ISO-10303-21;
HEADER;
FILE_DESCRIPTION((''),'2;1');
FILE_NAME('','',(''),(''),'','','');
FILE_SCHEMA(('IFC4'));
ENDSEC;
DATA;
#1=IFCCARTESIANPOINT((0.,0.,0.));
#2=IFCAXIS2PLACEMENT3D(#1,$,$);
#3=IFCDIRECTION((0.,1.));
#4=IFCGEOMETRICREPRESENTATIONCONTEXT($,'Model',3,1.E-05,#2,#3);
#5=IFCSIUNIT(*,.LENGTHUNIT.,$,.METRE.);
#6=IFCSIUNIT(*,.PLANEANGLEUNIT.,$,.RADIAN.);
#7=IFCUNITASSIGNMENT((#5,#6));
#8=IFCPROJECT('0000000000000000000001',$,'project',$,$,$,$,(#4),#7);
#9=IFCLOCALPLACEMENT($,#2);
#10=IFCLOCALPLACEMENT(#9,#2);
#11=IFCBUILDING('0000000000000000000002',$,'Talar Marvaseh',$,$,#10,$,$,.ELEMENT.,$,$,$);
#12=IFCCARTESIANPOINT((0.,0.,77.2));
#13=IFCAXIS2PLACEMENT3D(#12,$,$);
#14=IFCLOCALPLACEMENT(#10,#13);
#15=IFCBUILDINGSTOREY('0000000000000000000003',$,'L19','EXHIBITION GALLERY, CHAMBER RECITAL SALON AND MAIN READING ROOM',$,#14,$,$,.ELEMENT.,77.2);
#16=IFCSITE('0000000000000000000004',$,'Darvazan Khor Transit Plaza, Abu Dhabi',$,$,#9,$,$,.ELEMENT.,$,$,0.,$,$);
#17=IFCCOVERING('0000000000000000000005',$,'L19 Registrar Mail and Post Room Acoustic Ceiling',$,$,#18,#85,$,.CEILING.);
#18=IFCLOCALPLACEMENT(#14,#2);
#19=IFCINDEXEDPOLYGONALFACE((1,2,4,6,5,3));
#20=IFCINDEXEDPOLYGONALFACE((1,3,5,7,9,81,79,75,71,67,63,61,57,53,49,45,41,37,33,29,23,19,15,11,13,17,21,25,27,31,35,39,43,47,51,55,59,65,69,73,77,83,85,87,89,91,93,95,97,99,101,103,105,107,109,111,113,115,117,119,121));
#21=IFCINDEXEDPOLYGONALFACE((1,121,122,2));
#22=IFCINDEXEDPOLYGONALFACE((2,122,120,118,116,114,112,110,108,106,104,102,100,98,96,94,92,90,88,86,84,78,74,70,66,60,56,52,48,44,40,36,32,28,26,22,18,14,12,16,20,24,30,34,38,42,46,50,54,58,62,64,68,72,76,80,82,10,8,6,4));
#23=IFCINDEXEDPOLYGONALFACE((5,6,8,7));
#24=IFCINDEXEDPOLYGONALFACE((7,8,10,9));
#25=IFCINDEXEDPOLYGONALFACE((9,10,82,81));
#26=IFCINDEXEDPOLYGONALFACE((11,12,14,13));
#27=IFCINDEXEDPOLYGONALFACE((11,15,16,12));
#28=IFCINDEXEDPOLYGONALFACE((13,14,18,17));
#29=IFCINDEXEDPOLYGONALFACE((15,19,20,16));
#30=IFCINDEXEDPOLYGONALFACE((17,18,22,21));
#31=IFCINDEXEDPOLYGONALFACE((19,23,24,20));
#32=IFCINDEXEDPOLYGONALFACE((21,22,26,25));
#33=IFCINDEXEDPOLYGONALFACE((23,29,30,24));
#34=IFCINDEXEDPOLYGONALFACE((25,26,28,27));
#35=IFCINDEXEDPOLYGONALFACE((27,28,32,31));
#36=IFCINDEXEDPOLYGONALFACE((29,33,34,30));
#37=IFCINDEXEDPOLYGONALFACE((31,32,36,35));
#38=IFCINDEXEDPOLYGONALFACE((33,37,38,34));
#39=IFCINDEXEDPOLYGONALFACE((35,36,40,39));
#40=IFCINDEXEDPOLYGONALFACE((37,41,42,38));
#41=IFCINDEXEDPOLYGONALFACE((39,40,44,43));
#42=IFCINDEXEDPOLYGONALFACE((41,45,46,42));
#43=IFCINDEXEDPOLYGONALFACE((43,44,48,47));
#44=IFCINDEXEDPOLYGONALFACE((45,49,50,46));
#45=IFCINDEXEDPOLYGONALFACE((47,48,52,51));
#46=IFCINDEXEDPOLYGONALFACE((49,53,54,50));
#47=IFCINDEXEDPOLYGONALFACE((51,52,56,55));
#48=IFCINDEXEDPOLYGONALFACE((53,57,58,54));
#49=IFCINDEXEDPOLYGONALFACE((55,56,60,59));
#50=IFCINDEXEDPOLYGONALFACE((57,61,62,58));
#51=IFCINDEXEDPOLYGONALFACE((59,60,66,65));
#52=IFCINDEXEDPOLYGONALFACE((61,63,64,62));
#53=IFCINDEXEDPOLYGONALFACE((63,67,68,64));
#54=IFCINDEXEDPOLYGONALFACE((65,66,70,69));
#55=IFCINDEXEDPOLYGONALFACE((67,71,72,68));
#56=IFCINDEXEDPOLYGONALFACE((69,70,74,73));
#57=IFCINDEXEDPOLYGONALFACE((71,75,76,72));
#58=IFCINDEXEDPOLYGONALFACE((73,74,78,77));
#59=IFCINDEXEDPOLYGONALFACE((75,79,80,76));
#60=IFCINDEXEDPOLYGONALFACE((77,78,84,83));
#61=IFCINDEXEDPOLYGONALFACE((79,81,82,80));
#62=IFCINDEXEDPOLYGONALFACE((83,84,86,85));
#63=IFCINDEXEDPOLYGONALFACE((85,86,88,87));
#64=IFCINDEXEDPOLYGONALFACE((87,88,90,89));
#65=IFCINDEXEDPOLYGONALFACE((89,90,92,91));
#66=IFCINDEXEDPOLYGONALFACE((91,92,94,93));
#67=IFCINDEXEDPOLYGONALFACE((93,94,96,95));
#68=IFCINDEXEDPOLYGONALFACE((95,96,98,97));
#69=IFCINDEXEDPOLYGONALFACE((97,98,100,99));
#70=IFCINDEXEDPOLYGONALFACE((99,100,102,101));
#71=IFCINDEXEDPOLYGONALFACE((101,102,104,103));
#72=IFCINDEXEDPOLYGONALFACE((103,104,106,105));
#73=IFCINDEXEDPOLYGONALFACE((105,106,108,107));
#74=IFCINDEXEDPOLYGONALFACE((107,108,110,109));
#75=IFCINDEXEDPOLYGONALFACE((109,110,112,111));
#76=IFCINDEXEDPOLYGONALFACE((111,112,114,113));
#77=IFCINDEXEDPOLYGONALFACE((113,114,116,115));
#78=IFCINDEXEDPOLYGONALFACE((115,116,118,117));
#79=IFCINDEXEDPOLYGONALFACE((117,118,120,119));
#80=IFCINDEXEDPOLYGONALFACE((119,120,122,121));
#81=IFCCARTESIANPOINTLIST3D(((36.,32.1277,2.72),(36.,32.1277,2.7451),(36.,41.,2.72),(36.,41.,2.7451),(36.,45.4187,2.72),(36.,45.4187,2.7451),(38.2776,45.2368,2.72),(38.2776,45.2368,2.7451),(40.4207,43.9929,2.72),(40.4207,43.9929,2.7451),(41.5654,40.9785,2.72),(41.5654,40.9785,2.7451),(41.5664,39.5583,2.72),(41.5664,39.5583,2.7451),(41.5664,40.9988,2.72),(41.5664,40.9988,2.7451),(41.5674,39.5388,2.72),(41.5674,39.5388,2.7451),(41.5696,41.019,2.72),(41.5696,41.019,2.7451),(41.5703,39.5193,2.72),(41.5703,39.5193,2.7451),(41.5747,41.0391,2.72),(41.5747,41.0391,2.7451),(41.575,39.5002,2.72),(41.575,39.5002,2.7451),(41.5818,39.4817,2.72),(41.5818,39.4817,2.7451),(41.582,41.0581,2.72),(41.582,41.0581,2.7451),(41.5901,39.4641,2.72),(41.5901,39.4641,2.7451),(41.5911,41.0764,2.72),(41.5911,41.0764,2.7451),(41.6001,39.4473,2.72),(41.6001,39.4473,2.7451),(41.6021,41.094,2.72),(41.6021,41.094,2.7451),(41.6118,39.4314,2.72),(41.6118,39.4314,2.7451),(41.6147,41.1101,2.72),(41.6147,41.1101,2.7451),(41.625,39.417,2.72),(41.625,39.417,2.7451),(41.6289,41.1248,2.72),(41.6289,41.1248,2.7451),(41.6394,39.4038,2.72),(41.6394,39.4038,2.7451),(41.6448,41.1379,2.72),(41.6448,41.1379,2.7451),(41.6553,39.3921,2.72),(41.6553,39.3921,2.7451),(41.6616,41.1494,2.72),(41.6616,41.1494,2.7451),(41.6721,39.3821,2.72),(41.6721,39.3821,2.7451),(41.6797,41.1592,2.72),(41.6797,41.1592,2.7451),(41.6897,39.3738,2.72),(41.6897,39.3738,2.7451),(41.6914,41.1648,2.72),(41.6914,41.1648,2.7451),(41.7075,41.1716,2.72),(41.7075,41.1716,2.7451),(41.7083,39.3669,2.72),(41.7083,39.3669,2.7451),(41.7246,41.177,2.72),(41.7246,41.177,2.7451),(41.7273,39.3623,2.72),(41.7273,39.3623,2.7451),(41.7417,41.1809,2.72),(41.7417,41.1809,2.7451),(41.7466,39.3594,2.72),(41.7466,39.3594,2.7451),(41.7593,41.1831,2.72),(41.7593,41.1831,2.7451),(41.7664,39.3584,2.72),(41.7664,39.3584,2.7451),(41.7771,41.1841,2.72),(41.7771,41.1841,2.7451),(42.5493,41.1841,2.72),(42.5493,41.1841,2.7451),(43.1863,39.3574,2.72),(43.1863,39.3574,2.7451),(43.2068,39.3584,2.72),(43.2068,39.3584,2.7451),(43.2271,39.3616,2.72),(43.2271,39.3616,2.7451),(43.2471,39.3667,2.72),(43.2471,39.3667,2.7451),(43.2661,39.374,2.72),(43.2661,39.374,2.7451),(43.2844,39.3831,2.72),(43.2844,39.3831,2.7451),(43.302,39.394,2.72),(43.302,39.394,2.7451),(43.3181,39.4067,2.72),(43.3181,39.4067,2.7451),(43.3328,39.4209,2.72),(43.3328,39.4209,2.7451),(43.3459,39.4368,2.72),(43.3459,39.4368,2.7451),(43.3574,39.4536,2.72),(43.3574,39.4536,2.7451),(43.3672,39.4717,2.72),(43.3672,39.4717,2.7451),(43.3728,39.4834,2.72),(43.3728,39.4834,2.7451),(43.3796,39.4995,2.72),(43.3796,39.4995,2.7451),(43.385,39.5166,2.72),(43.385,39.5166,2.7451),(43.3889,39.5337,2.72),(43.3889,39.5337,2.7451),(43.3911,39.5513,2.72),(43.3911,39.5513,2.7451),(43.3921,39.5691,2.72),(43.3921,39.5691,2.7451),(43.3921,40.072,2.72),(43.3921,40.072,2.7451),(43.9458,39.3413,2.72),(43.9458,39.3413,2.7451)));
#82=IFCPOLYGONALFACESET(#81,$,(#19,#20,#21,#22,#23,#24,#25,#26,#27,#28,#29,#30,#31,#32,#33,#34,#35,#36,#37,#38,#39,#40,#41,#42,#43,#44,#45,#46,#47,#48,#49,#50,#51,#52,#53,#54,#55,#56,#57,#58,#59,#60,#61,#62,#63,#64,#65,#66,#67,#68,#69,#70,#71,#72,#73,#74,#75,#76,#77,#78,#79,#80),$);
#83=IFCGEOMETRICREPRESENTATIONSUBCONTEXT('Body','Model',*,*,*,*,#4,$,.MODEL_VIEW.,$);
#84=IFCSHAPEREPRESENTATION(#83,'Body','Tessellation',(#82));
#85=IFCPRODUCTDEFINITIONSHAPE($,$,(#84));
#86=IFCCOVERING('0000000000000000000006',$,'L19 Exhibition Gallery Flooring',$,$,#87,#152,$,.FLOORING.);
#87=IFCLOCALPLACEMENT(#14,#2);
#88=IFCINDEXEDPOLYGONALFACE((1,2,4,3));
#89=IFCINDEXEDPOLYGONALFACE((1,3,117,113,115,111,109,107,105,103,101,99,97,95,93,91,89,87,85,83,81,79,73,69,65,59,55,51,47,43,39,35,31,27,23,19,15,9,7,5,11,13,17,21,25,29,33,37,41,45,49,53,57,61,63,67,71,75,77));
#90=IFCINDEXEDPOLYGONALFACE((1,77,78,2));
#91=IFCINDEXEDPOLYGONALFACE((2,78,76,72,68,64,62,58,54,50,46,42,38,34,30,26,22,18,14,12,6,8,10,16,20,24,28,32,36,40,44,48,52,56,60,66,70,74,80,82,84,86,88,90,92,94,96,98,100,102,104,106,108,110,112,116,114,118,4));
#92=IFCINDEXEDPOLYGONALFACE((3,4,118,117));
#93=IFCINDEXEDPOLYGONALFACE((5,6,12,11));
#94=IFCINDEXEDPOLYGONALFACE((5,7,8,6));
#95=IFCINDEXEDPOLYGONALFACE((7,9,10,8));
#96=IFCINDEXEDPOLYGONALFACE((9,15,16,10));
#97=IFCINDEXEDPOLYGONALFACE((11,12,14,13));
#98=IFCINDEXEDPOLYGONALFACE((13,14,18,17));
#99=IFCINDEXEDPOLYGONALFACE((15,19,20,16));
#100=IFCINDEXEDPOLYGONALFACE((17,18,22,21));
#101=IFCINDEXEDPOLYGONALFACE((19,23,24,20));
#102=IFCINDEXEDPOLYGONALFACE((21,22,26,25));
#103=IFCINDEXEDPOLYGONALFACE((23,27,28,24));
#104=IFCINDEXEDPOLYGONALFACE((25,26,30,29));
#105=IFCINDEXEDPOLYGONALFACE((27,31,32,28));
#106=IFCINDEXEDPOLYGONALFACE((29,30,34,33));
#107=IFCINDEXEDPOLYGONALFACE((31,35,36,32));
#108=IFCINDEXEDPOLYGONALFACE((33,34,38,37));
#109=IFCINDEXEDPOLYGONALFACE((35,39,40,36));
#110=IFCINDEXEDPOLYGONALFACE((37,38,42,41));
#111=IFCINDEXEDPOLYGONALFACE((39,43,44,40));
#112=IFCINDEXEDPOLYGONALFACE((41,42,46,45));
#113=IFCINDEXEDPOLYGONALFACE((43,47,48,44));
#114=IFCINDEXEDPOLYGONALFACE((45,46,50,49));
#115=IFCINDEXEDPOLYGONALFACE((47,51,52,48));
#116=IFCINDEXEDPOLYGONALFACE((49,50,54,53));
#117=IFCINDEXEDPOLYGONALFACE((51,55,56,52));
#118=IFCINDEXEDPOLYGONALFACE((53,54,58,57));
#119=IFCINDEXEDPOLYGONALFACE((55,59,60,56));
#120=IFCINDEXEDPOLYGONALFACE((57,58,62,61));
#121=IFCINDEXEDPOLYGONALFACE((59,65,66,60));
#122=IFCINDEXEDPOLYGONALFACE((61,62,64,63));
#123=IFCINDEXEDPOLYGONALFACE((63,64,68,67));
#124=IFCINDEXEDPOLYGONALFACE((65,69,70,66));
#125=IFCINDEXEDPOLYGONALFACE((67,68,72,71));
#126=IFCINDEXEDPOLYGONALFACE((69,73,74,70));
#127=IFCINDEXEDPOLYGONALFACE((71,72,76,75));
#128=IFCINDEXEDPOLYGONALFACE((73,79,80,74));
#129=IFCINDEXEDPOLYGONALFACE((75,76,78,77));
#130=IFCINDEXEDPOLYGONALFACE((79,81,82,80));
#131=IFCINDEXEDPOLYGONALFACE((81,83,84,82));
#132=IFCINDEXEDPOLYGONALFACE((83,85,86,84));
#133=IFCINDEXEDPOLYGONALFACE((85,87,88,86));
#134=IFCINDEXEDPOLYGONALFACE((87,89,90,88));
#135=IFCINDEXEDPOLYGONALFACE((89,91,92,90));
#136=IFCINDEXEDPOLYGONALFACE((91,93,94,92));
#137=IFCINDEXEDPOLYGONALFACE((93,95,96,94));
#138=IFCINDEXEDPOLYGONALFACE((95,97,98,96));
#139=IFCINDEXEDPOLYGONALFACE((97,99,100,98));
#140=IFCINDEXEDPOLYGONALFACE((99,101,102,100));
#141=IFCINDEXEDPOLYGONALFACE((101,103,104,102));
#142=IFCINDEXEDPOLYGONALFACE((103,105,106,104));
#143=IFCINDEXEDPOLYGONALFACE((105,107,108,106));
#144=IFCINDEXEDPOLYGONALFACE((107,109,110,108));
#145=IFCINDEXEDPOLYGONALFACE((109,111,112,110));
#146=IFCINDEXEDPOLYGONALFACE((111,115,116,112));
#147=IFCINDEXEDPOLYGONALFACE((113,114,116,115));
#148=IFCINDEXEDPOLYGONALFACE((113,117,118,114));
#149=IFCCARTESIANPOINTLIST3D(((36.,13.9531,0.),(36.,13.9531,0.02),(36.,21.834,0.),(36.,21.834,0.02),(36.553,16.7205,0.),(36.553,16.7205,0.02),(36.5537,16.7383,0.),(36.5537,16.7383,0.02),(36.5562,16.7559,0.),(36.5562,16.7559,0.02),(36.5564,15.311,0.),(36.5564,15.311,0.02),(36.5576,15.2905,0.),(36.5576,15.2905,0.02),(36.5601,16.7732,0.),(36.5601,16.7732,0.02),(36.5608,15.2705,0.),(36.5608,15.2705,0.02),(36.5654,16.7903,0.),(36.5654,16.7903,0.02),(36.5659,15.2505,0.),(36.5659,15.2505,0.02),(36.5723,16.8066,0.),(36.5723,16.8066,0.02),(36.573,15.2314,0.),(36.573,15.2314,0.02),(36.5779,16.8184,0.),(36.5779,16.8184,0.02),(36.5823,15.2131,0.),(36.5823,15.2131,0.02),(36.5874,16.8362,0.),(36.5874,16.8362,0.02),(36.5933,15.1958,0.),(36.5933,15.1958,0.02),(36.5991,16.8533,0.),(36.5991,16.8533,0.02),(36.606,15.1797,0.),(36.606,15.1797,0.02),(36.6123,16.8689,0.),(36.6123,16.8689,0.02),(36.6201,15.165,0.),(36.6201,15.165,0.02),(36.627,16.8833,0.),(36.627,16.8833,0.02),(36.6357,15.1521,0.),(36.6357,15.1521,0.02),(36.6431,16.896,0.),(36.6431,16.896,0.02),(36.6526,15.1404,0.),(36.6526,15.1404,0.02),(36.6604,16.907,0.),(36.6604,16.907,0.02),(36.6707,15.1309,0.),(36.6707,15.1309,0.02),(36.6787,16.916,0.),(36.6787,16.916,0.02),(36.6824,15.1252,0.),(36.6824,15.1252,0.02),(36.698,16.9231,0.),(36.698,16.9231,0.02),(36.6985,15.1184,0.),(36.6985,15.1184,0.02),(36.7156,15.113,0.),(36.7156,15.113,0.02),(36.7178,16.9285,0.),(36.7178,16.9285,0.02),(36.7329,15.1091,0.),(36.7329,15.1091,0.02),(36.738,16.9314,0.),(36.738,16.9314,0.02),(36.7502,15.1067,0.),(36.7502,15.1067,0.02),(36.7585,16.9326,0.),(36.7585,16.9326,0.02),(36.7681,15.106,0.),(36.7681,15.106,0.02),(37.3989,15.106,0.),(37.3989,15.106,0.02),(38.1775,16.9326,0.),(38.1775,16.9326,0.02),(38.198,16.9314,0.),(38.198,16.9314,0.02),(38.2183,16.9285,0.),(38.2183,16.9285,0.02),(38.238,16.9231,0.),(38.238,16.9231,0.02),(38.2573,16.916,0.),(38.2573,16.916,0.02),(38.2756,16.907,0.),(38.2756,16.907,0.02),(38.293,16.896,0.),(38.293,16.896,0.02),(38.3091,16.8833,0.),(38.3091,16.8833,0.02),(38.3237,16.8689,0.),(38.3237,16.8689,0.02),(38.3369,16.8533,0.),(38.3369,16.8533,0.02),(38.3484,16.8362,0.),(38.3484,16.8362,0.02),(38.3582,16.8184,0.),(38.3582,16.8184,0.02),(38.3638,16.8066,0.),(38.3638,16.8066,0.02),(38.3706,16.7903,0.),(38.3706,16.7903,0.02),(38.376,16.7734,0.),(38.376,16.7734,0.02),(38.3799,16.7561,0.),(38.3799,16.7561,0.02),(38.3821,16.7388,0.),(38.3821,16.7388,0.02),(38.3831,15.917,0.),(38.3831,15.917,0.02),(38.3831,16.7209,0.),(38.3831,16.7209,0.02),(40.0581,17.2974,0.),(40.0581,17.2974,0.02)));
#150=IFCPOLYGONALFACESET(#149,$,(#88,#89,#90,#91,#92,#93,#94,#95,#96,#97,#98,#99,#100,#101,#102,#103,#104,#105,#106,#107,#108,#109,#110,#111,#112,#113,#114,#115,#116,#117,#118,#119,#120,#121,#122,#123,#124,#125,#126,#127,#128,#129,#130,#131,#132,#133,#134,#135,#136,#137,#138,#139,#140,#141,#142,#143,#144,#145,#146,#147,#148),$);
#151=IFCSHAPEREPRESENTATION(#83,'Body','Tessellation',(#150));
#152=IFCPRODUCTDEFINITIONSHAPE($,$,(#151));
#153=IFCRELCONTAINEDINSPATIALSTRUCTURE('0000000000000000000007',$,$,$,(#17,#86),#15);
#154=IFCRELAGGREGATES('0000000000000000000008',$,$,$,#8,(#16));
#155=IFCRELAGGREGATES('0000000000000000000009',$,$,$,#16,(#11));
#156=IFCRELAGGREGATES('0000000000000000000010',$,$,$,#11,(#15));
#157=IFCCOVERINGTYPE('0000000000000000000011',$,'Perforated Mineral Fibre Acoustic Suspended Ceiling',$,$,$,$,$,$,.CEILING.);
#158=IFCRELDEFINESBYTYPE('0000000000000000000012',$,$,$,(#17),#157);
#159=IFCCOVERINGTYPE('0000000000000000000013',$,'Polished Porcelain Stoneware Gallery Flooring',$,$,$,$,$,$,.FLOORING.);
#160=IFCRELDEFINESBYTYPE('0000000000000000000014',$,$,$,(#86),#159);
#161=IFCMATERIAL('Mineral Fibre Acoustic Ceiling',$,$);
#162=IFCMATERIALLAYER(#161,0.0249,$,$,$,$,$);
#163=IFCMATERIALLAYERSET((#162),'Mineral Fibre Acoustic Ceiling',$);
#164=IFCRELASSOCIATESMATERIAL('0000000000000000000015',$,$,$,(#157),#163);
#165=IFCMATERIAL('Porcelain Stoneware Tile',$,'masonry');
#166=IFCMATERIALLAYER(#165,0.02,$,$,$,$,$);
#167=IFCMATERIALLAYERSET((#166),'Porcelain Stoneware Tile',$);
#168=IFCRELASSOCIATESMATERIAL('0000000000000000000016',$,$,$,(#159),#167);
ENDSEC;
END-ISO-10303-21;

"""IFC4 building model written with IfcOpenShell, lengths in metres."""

from ifc_helpers import new_model, si_unit, direction, frame, origin, place, context, subcontext, project, spatial, polyline, outline, extrude, material, layer, layer_set, type_object, element, save


model = new_model("IFC4")

# Units and contexts
model_context = context("Model", 3, precision=1e-05, world=origin(), true_north=direction((0.0, 1.0)))
body_context = subcontext(model_context, "Body", "Model", "MODEL_VIEW")
ifc_project = project(units=[si_unit("LENGTHUNIT", "METRE"), si_unit("PLANEANGLEUNIT", "RADIAN")], contexts=[model_context])

# Site, building, storey
site_placement = place(None, origin())
site = spatial("IfcSite", under=ifc_project, at=site_placement, Name="Darvazan Khor Transit Plaza, Abu Dhabi", CompositionType="ELEMENT", RefElevation=0.0)
building_placement = place(site_placement, origin())
building = spatial("IfcBuilding", under=site, at=building_placement, Name="Talar Marvaseh", CompositionType="ELEMENT")
storey_placement = place(building_placement, frame((0.0, 0.0, 77.2)))
storey = spatial("IfcBuildingStorey", under=building, at=storey_placement, Name="L19", Description="EXHIBITION GALLERY, CHAMBER RECITAL SALON AND MAIN READING ROOM", CompositionType="ELEMENT", Elevation=77.2)

# Coverings
ifc_material_1 = material(Name="Mineral Fibre Acoustic Ceiling")
ifc_layer_1 = layer(ifc_material_1, 0.0249)
ifc_layer_set_1 = layer_set([ifc_layer_1], Name="Mineral Fibre Acoustic Ceiling")
covering_type_1 = type_object("IfcCoveringType", Name="Perforated Mineral Fibre Acoustic Suspended Ceiling", PredefinedType="CEILING", material=ifc_layer_set_1)
covering_1_placement = place(storey_placement, frame((0.0, 0.0, 2.72)))
element("IfcCovering", 1, at=covering_1_placement, inside=storey, type_object=covering_type_1, Name="L19 Registrar Mail and Post Room Acoustic Ceiling", PredefinedType="CEILING", context=body_context, shape_type="SweptSolid", body=[
    extrude(outline(polyline([(40.4207, 43.9929), (42.5493, 41.1841), (41.7771, 41.1841), (41.7593, 41.1831), (41.7417, 41.1809), (41.7246, 41.177), (41.7075, 41.1716), (41.6914, 41.1648), (41.6797, 41.1592), (41.6616, 41.1494), (41.6448, 41.1379), (41.6289, 41.1248), (41.6147, 41.1101), (41.6021, 41.094), (41.5911, 41.0764), (41.582, 41.0581), (41.5747, 41.0391), (41.5696, 41.019), (41.5664, 40.9988), (41.5654, 40.9785), (41.5664, 39.5583), (41.5674, 39.5388), (41.5703, 39.5193), (41.575, 39.5002), (41.5818, 39.4817), (41.5901, 39.4641), (41.6001, 39.4473), (41.6118, 39.4314), (41.625, 39.417), (41.6394, 39.4038), (41.6553, 39.3921), (41.6721, 39.3821), (41.6897, 39.3738), (41.7083, 39.3669), (41.7273, 39.3623), (41.7466, 39.3594), (41.7664, 39.3584), (43.1863, 39.3574), (43.2068, 39.3584), (43.2271, 39.3616), (43.2471, 39.3667), (43.2661, 39.374), (43.2844, 39.3831), (43.302, 39.394), (43.3181, 39.4067), (43.3328, 39.4209), (43.3459, 39.4368), (43.3574, 39.4536), (43.3672, 39.4717), (43.3728, 39.4834), (43.3796, 39.4995), (43.385, 39.5166), (43.3889, 39.5337), (43.3911, 39.5513), (43.3921, 39.5691), (43.3921, 40.072), (43.9458, 39.3413), (36.0, 32.1277), (36.0, 41.0), (36.0, 45.4187), (38.2776, 45.2368), (40.4207, 43.9929)])), origin(), (0.0, 0.0, 1.0), 0.0251),
])
ifc_material_2 = material(Name="Porcelain Stoneware Tile", Category="masonry")
ifc_layer_2 = layer(ifc_material_2, 0.02)
ifc_layer_set_2 = layer_set([ifc_layer_2], Name="Porcelain Stoneware Tile")
covering_type_2 = type_object("IfcCoveringType", Name="Polished Porcelain Stoneware Gallery Flooring", PredefinedType="FLOORING", material=ifc_layer_set_2)
covering_2_placement = place(storey_placement, origin())
element("IfcCovering", 2, at=covering_2_placement, inside=storey, type_object=covering_type_2, Name="L19 Exhibition Gallery Flooring", PredefinedType="FLOORING", context=body_context, shape_type="SweptSolid", body=[
    extrude(outline(polyline([(38.3831, 15.917), (38.3831, 16.7209), (38.3821, 16.7388), (38.3799, 16.7561), (38.376, 16.7734), (38.3706, 16.7903), (38.3638, 16.8066), (38.3582, 16.8184), (38.3484, 16.8362), (38.3369, 16.8533), (38.3237, 16.8689), (38.3091, 16.8833), (38.293, 16.896), (38.2756, 16.907), (38.2573, 16.916), (38.238, 16.9231), (38.2183, 16.9285), (38.198, 16.9314), (38.1775, 16.9326), (36.7585, 16.9326), (36.738, 16.9314), (36.7178, 16.9285), (36.698, 16.9231), (36.6787, 16.916), (36.6604, 16.907), (36.6431, 16.896), (36.627, 16.8833), (36.6123, 16.8689), (36.5991, 16.8533), (36.5874, 16.8362), (36.5779, 16.8184), (36.5723, 16.8066), (36.5654, 16.7903), (36.5601, 16.7732), (36.5562, 16.7559), (36.5537, 16.7383), (36.553, 16.7205), (36.5564, 15.311), (36.5576, 15.2905), (36.5608, 15.2705), (36.5659, 15.2505), (36.573, 15.2314), (36.5823, 15.2131), (36.5933, 15.1958), (36.606, 15.1797), (36.6201, 15.165), (36.6357, 15.1521), (36.6526, 15.1404), (36.6707, 15.1309), (36.6824, 15.1252), (36.6985, 15.1184), (36.7156, 15.113), (36.7329, 15.1091), (36.7502, 15.1067), (36.7681, 15.106), (37.3989, 15.106), (36.0, 13.9531), (36.0, 21.834), (40.0581, 17.2974), (38.3831, 15.917)])), origin(), (0.0, 0.0, 1.0), 0.02),
])

save(model, "model.ifc")
